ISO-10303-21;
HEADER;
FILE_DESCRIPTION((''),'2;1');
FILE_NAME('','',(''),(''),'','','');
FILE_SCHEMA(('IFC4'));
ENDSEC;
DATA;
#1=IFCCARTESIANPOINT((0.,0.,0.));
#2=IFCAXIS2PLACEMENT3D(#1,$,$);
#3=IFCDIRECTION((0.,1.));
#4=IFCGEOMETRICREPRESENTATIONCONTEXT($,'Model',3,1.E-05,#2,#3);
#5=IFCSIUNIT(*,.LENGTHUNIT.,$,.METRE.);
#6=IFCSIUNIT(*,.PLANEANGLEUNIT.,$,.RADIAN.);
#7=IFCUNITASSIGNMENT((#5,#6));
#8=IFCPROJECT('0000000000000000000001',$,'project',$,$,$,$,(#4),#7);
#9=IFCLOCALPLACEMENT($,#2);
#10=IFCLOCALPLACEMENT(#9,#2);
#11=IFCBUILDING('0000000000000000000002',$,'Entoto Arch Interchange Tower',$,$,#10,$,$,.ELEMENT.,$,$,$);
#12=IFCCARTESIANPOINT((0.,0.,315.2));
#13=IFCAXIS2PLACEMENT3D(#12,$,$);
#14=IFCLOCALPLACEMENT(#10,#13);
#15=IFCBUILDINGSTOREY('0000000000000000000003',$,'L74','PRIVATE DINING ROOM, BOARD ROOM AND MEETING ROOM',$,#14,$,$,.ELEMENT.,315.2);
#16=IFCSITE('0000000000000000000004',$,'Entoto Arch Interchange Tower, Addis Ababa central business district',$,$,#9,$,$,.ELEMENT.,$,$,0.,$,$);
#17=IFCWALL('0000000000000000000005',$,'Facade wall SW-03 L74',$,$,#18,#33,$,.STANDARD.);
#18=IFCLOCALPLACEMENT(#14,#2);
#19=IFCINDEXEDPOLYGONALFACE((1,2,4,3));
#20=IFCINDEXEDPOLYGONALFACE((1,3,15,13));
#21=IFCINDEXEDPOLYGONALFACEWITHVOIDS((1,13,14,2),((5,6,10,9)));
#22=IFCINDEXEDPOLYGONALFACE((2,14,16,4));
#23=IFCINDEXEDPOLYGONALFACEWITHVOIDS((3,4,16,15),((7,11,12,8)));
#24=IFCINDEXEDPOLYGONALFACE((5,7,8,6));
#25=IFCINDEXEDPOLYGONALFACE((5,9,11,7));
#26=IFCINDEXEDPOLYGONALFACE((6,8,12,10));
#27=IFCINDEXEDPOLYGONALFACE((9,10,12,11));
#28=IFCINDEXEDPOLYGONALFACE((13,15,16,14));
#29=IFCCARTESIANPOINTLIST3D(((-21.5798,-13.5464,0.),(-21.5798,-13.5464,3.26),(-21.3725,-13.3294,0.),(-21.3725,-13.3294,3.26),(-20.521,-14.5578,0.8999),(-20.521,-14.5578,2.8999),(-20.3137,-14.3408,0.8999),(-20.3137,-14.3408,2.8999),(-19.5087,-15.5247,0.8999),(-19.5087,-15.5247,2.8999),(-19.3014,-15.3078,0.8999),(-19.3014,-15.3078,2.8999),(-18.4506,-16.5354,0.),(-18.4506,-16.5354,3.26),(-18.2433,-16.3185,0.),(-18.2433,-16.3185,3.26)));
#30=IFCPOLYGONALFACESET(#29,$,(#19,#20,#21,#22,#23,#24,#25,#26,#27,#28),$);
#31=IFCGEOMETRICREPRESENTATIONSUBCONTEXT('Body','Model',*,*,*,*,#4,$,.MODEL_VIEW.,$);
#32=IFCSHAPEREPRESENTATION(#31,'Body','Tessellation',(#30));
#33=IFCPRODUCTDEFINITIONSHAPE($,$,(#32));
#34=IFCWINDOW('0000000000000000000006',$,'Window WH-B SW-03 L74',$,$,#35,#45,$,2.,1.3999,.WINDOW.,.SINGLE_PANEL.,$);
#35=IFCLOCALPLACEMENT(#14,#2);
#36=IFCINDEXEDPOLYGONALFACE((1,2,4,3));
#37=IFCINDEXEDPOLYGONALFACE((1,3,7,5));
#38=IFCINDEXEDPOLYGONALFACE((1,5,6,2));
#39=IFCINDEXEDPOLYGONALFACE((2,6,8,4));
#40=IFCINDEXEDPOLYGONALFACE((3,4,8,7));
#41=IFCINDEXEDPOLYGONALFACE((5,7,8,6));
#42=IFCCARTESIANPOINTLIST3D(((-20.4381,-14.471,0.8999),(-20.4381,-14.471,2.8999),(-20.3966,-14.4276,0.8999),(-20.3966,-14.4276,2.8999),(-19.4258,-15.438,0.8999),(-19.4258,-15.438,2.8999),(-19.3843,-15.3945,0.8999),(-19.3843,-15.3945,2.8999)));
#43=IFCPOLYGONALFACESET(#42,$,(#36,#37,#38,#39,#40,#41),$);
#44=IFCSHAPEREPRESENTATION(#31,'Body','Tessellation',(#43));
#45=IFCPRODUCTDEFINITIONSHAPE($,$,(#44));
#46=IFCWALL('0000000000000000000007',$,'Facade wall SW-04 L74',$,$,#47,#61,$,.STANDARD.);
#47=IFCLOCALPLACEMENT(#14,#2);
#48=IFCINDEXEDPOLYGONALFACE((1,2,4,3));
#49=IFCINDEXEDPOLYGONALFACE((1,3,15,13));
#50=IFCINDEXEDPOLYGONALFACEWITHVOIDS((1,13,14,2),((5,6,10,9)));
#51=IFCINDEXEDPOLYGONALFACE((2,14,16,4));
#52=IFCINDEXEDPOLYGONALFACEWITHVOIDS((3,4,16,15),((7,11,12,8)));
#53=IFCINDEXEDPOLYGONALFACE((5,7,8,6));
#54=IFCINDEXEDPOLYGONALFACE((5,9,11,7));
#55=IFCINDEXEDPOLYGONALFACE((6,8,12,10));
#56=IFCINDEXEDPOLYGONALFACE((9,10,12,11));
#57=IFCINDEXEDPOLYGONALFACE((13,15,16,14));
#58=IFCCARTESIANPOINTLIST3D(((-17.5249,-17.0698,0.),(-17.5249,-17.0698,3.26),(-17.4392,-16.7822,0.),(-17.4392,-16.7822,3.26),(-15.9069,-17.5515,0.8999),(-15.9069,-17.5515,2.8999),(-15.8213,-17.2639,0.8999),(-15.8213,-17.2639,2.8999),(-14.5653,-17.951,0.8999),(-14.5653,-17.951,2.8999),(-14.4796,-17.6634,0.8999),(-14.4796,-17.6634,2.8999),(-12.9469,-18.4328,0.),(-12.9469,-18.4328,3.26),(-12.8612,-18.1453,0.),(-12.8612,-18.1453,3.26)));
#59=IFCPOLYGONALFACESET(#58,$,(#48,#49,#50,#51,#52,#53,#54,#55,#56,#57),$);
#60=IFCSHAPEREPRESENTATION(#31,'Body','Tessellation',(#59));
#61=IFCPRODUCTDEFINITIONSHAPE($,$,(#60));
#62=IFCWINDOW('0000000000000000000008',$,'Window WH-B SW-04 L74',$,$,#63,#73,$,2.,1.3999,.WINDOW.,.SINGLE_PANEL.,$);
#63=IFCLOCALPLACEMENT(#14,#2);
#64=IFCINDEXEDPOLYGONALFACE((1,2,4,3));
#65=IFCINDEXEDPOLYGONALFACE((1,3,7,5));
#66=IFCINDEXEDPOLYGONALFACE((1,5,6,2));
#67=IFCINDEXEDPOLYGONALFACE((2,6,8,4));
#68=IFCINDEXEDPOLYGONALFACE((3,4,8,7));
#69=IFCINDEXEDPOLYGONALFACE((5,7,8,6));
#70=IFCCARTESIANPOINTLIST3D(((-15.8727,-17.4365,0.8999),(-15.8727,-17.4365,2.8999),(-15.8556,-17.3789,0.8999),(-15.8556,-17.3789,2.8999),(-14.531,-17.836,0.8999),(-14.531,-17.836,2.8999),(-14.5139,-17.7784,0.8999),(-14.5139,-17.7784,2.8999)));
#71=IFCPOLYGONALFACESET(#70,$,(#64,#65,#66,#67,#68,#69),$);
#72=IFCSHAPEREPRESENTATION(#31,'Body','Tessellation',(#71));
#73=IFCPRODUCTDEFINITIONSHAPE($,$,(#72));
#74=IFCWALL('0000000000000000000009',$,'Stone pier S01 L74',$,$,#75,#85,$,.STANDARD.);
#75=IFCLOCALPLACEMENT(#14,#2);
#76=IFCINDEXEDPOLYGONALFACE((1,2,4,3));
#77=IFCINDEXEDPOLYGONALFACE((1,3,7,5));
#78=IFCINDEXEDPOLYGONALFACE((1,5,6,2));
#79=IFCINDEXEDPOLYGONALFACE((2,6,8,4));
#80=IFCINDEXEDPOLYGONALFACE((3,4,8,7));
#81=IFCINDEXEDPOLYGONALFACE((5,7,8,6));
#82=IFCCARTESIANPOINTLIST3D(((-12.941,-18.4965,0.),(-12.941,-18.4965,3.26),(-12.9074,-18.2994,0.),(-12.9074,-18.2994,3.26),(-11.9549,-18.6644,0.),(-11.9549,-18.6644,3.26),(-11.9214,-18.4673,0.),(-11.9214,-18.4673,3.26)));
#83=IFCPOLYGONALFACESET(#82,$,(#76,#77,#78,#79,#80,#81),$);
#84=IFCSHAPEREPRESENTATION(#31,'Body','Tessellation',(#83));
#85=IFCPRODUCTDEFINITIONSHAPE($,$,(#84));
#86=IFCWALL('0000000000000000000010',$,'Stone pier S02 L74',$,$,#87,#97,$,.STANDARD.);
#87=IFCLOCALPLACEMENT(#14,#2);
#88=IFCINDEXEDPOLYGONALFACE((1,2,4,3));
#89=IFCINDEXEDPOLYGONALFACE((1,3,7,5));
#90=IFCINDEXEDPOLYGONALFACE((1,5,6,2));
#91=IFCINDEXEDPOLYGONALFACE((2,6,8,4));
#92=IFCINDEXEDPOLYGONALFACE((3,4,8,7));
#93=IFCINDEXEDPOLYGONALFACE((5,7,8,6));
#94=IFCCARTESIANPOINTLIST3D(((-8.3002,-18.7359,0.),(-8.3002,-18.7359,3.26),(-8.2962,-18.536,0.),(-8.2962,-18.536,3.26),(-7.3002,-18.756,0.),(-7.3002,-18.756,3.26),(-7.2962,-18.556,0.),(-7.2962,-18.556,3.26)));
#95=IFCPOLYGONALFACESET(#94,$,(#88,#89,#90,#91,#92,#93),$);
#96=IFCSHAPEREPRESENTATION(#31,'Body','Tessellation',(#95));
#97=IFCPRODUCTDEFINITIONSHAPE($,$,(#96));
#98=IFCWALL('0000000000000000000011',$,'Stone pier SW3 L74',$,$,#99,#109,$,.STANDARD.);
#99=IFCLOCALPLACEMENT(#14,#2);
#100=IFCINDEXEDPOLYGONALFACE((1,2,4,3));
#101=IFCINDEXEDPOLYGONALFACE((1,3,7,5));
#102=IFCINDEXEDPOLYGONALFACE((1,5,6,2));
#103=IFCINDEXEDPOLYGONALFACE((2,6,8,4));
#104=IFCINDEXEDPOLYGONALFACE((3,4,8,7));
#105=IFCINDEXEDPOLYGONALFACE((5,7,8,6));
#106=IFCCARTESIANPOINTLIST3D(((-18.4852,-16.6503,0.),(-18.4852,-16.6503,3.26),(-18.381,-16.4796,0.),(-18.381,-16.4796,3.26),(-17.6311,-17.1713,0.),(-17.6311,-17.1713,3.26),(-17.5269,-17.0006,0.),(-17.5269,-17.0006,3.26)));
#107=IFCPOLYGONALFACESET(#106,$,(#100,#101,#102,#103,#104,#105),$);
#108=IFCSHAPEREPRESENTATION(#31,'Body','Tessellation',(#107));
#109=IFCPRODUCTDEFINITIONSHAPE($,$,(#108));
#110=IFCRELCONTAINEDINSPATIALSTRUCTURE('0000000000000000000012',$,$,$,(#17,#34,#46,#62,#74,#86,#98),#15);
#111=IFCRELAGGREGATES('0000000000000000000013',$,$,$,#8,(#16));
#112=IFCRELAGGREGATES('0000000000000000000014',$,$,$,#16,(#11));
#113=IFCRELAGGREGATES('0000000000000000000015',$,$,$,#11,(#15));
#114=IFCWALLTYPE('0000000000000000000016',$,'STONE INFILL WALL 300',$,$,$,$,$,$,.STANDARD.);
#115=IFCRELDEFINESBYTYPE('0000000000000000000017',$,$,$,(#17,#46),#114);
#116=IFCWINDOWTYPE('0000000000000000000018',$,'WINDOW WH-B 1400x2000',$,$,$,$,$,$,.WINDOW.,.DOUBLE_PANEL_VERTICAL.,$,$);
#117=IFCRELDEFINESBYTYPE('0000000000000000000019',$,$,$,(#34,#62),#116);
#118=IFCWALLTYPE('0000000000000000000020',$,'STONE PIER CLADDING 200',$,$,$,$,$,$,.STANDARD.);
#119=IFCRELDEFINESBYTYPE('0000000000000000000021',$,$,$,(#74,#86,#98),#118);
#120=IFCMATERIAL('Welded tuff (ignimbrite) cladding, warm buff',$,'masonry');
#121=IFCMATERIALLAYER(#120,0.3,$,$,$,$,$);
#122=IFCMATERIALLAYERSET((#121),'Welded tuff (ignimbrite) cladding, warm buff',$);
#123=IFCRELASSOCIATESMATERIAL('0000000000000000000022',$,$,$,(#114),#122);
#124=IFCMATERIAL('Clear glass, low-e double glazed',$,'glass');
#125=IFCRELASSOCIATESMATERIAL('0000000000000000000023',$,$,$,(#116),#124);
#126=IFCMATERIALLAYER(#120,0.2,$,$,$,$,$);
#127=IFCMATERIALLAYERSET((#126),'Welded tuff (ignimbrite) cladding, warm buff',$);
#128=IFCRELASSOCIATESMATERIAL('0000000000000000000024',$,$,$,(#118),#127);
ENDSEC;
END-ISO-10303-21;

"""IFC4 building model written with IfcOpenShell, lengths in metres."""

from ifc_helpers import new_model, si_unit, direction, frame, frame_2d, origin, place, context, subcontext, project, spatial, rectangle, extrude, material, layer, layer_set, type_object, element, fill, save


model = new_model("IFC4")

# Units and contexts
model_context = context("Model", 3, precision=1e-05, world=origin(), true_north=direction((0.0, 1.0)))
body_context = subcontext(model_context, "Body", "Model", "MODEL_VIEW")
ifc_project = project(units=[si_unit("LENGTHUNIT", "METRE"), si_unit("PLANEANGLEUNIT", "RADIAN")], contexts=[model_context])

# Site, building, storey
site_placement = place(None, origin())
site = spatial("IfcSite", under=ifc_project, at=site_placement, Name="Entoto Arch Interchange Tower, Addis Ababa central business district", CompositionType="ELEMENT", RefElevation=0.0)
building_placement = place(site_placement, origin())
building = spatial("IfcBuilding", under=site, at=building_placement, Name="Entoto Arch Interchange Tower", CompositionType="ELEMENT")
storey_placement = place(building_placement, frame((0.0, 0.0, 315.2)))
storey = spatial("IfcBuildingStorey", under=building, at=storey_placement, Name="L74", Description="PRIVATE DINING ROOM, BOARD ROOM AND MEETING ROOM", CompositionType="ELEMENT", Elevation=315.2)

# Walls, openings, windows
ifc_material_1 = material(Name="Welded tuff (ignimbrite) cladding, warm buff", Category="masonry")
ifc_layer_1 = layer(ifc_material_1, 0.3)
ifc_layer_set_1 = layer_set([ifc_layer_1], Name="Welded tuff (ignimbrite) cladding, warm buff")
wall_type_1 = type_object("IfcWallType", Name="STONE INFILL WALL 300", PredefinedType="STANDARD", material=ifc_layer_set_1)
ifc_material_2 = material(Name="Clear glass, low-e double glazed", Category="glass")
window_type = type_object("IfcWindowType", Name="WINDOW WH-B 1400x2000", PartitioningType="DOUBLE_PANEL_VERTICAL", PredefinedType="WINDOW", material=ifc_material_2)
wall_1_placement = place(storey_placement, frame((-21.4761, -13.438, 0.0), z_axis=(0.0, 0.0, 1.0), x_axis=(0.723113, -0.690729, 0.0)))
wall_1 = element("IfcWall", 1, at=wall_1_placement, inside=storey, type_object=wall_type_1, Name="Facade wall SW-03 L74", PredefinedType="STANDARD", context=body_context, shape_type="SweptSolid", body=[
    extrude(rectangle(XDim=4.3274, YDim=0.3, at=frame_2d((2.1636, 0.0))), origin(), (0.0, 0.0, 1.0), 3.26),
])
opening_1_placement = place(wall_1_placement, frame((1.4641, 0.0, 0.8999)))
opening_1 = element("IfcOpeningElement", 2, at=opening_1_placement, cuts=wall_1, PredefinedType="OPENING", context=body_context, shape_type="SweptSolid", body=[
    extrude(rectangle(XDim=1.3999, YDim=2.0, at=frame_2d((0.7, 1.0))), frame((0.0, 0.1602, 0.0), z_axis=(0.0, -1.0, 0.0), x_axis=(1.0, 0.0, 0.0)), (0.0, 0.0, 1.0), 0.3201),
])
window_1_placement = place(opening_1_placement, origin())
window_1 = element("IfcWindow", 3, at=window_1_placement, inside=storey, type_object=window_type, Name="Window WH-B SW-03 L74", OverallHeight=2.0, OverallWidth=1.3999, PartitioningType="SINGLE_PANEL", PredefinedType="WINDOW", context=body_context, shape_type="SweptSolid", body=[
    extrude(rectangle(XDim=1.3999, YDim=2.0, at=frame_2d((0.7, 1.0))), frame((0.0, 0.03, 0.0), z_axis=(0.0, -1.0, 0.0), x_axis=(1.0, 0.0, 0.0)), (0.0, 0.0, 1.0), 0.0601),
])
fill(opening_1, window_1)
wall_2_placement = place(storey_placement, frame((-17.4819, -16.926, 0.0), z_axis=(0.0, 0.0, 1.0), x_axis=(0.958419, -0.285364, 0.0)))
wall_2 = element("IfcWall", 4, at=wall_2_placement, inside=storey, type_object=wall_type_1, Name="Facade wall SW-04 L74", PredefinedType="STANDARD", context=body_context, shape_type="SweptSolid", body=[
    extrude(rectangle(XDim=4.7766, YDim=0.3, at=frame_2d((2.3882, 0.0))), origin(), (0.0, 0.0, 1.0), 3.26),
])
opening_2_placement = place(wall_2_placement, frame((1.688, 0.0, 0.8999)))
opening_2 = element("IfcOpeningElement", 5, at=opening_2_placement, cuts=wall_2, PredefinedType="OPENING", context=body_context, shape_type="SweptSolid", body=[
    extrude(rectangle(XDim=1.3999, YDim=2.0, at=frame_2d((0.7, 1.0))), frame((0.0, 0.1602, 0.0), z_axis=(0.0, -1.0, 0.0), x_axis=(1.0, 0.0, 0.0)), (0.0, 0.0, 1.0), 0.3201),
])
window_2_placement = place(opening_2_placement, origin())
window_2 = element("IfcWindow", 6, at=window_2_placement, inside=storey, type_object=window_type, Name="Window WH-B SW-04 L74", OverallHeight=2.0, OverallWidth=1.3999, PartitioningType="SINGLE_PANEL", PredefinedType="WINDOW", context=body_context, shape_type="SweptSolid", body=[
    extrude(rectangle(XDim=1.3999, YDim=2.0, at=frame_2d((0.7, 1.0))), frame((0.0, 0.03, 0.0), z_axis=(0.0, -1.0, 0.0), x_axis=(1.0, 0.0, 0.0)), (0.0, 0.0, 1.0), 0.0601),
])
fill(opening_2, window_2)

# Walls
ifc_layer_2 = layer(ifc_material_1, 0.2)
ifc_layer_set_2 = layer_set([ifc_layer_2], Name="Welded tuff (ignimbrite) cladding, warm buff")
wall_type_2 = type_object("IfcWallType", Name="STONE PIER CLADDING 200", PredefinedType="STANDARD", material=ifc_layer_set_2)
for number, where, z_axis, x_axis, name in (
    (7, (-12.9241, -18.3979, 0.0), (0.0, 0.0, 1.0), (0.985801, -0.16792, 0.0), "Stone pier S01 L74"),
    (8, (-8.2981, -18.636, 0.0), (0.0, 0.0, 1.0), (0.9998, -0.020016, 0.0), "Stone pier S02 L74"),
):
    element("IfcWall", number, at=place(storey_placement, frame(where, z_axis=z_axis, x_axis=x_axis)), inside=storey, type_object=wall_type_2, Name=name, PredefinedType="STANDARD", context=body_context, shape_type="SweptSolid", body=[
        extrude(rectangle(XDim=1.0002, YDim=0.2, at=frame_2d((0.5, 0.0))), origin(), (0.0, 0.0, 1.0), 3.26),
    ])
wall_3_placement = place(storey_placement, frame((-18.4331, -16.5649, 0.0), z_axis=(0.0, 0.0, 1.0), x_axis=(0.85368, -0.520798, 0.0)))
element("IfcWall", 9, at=wall_3_placement, inside=storey, type_object=wall_type_2, Name="Stone pier SW3 L74", PredefinedType="STANDARD", context=body_context, shape_type="SweptSolid", body=[
    extrude(rectangle(XDim=1.0005, YDim=0.2, at=frame_2d((0.5002, 0.0))), origin(), (0.0, 0.0, 1.0), 3.26),
])

save(model, "model.ifc")
